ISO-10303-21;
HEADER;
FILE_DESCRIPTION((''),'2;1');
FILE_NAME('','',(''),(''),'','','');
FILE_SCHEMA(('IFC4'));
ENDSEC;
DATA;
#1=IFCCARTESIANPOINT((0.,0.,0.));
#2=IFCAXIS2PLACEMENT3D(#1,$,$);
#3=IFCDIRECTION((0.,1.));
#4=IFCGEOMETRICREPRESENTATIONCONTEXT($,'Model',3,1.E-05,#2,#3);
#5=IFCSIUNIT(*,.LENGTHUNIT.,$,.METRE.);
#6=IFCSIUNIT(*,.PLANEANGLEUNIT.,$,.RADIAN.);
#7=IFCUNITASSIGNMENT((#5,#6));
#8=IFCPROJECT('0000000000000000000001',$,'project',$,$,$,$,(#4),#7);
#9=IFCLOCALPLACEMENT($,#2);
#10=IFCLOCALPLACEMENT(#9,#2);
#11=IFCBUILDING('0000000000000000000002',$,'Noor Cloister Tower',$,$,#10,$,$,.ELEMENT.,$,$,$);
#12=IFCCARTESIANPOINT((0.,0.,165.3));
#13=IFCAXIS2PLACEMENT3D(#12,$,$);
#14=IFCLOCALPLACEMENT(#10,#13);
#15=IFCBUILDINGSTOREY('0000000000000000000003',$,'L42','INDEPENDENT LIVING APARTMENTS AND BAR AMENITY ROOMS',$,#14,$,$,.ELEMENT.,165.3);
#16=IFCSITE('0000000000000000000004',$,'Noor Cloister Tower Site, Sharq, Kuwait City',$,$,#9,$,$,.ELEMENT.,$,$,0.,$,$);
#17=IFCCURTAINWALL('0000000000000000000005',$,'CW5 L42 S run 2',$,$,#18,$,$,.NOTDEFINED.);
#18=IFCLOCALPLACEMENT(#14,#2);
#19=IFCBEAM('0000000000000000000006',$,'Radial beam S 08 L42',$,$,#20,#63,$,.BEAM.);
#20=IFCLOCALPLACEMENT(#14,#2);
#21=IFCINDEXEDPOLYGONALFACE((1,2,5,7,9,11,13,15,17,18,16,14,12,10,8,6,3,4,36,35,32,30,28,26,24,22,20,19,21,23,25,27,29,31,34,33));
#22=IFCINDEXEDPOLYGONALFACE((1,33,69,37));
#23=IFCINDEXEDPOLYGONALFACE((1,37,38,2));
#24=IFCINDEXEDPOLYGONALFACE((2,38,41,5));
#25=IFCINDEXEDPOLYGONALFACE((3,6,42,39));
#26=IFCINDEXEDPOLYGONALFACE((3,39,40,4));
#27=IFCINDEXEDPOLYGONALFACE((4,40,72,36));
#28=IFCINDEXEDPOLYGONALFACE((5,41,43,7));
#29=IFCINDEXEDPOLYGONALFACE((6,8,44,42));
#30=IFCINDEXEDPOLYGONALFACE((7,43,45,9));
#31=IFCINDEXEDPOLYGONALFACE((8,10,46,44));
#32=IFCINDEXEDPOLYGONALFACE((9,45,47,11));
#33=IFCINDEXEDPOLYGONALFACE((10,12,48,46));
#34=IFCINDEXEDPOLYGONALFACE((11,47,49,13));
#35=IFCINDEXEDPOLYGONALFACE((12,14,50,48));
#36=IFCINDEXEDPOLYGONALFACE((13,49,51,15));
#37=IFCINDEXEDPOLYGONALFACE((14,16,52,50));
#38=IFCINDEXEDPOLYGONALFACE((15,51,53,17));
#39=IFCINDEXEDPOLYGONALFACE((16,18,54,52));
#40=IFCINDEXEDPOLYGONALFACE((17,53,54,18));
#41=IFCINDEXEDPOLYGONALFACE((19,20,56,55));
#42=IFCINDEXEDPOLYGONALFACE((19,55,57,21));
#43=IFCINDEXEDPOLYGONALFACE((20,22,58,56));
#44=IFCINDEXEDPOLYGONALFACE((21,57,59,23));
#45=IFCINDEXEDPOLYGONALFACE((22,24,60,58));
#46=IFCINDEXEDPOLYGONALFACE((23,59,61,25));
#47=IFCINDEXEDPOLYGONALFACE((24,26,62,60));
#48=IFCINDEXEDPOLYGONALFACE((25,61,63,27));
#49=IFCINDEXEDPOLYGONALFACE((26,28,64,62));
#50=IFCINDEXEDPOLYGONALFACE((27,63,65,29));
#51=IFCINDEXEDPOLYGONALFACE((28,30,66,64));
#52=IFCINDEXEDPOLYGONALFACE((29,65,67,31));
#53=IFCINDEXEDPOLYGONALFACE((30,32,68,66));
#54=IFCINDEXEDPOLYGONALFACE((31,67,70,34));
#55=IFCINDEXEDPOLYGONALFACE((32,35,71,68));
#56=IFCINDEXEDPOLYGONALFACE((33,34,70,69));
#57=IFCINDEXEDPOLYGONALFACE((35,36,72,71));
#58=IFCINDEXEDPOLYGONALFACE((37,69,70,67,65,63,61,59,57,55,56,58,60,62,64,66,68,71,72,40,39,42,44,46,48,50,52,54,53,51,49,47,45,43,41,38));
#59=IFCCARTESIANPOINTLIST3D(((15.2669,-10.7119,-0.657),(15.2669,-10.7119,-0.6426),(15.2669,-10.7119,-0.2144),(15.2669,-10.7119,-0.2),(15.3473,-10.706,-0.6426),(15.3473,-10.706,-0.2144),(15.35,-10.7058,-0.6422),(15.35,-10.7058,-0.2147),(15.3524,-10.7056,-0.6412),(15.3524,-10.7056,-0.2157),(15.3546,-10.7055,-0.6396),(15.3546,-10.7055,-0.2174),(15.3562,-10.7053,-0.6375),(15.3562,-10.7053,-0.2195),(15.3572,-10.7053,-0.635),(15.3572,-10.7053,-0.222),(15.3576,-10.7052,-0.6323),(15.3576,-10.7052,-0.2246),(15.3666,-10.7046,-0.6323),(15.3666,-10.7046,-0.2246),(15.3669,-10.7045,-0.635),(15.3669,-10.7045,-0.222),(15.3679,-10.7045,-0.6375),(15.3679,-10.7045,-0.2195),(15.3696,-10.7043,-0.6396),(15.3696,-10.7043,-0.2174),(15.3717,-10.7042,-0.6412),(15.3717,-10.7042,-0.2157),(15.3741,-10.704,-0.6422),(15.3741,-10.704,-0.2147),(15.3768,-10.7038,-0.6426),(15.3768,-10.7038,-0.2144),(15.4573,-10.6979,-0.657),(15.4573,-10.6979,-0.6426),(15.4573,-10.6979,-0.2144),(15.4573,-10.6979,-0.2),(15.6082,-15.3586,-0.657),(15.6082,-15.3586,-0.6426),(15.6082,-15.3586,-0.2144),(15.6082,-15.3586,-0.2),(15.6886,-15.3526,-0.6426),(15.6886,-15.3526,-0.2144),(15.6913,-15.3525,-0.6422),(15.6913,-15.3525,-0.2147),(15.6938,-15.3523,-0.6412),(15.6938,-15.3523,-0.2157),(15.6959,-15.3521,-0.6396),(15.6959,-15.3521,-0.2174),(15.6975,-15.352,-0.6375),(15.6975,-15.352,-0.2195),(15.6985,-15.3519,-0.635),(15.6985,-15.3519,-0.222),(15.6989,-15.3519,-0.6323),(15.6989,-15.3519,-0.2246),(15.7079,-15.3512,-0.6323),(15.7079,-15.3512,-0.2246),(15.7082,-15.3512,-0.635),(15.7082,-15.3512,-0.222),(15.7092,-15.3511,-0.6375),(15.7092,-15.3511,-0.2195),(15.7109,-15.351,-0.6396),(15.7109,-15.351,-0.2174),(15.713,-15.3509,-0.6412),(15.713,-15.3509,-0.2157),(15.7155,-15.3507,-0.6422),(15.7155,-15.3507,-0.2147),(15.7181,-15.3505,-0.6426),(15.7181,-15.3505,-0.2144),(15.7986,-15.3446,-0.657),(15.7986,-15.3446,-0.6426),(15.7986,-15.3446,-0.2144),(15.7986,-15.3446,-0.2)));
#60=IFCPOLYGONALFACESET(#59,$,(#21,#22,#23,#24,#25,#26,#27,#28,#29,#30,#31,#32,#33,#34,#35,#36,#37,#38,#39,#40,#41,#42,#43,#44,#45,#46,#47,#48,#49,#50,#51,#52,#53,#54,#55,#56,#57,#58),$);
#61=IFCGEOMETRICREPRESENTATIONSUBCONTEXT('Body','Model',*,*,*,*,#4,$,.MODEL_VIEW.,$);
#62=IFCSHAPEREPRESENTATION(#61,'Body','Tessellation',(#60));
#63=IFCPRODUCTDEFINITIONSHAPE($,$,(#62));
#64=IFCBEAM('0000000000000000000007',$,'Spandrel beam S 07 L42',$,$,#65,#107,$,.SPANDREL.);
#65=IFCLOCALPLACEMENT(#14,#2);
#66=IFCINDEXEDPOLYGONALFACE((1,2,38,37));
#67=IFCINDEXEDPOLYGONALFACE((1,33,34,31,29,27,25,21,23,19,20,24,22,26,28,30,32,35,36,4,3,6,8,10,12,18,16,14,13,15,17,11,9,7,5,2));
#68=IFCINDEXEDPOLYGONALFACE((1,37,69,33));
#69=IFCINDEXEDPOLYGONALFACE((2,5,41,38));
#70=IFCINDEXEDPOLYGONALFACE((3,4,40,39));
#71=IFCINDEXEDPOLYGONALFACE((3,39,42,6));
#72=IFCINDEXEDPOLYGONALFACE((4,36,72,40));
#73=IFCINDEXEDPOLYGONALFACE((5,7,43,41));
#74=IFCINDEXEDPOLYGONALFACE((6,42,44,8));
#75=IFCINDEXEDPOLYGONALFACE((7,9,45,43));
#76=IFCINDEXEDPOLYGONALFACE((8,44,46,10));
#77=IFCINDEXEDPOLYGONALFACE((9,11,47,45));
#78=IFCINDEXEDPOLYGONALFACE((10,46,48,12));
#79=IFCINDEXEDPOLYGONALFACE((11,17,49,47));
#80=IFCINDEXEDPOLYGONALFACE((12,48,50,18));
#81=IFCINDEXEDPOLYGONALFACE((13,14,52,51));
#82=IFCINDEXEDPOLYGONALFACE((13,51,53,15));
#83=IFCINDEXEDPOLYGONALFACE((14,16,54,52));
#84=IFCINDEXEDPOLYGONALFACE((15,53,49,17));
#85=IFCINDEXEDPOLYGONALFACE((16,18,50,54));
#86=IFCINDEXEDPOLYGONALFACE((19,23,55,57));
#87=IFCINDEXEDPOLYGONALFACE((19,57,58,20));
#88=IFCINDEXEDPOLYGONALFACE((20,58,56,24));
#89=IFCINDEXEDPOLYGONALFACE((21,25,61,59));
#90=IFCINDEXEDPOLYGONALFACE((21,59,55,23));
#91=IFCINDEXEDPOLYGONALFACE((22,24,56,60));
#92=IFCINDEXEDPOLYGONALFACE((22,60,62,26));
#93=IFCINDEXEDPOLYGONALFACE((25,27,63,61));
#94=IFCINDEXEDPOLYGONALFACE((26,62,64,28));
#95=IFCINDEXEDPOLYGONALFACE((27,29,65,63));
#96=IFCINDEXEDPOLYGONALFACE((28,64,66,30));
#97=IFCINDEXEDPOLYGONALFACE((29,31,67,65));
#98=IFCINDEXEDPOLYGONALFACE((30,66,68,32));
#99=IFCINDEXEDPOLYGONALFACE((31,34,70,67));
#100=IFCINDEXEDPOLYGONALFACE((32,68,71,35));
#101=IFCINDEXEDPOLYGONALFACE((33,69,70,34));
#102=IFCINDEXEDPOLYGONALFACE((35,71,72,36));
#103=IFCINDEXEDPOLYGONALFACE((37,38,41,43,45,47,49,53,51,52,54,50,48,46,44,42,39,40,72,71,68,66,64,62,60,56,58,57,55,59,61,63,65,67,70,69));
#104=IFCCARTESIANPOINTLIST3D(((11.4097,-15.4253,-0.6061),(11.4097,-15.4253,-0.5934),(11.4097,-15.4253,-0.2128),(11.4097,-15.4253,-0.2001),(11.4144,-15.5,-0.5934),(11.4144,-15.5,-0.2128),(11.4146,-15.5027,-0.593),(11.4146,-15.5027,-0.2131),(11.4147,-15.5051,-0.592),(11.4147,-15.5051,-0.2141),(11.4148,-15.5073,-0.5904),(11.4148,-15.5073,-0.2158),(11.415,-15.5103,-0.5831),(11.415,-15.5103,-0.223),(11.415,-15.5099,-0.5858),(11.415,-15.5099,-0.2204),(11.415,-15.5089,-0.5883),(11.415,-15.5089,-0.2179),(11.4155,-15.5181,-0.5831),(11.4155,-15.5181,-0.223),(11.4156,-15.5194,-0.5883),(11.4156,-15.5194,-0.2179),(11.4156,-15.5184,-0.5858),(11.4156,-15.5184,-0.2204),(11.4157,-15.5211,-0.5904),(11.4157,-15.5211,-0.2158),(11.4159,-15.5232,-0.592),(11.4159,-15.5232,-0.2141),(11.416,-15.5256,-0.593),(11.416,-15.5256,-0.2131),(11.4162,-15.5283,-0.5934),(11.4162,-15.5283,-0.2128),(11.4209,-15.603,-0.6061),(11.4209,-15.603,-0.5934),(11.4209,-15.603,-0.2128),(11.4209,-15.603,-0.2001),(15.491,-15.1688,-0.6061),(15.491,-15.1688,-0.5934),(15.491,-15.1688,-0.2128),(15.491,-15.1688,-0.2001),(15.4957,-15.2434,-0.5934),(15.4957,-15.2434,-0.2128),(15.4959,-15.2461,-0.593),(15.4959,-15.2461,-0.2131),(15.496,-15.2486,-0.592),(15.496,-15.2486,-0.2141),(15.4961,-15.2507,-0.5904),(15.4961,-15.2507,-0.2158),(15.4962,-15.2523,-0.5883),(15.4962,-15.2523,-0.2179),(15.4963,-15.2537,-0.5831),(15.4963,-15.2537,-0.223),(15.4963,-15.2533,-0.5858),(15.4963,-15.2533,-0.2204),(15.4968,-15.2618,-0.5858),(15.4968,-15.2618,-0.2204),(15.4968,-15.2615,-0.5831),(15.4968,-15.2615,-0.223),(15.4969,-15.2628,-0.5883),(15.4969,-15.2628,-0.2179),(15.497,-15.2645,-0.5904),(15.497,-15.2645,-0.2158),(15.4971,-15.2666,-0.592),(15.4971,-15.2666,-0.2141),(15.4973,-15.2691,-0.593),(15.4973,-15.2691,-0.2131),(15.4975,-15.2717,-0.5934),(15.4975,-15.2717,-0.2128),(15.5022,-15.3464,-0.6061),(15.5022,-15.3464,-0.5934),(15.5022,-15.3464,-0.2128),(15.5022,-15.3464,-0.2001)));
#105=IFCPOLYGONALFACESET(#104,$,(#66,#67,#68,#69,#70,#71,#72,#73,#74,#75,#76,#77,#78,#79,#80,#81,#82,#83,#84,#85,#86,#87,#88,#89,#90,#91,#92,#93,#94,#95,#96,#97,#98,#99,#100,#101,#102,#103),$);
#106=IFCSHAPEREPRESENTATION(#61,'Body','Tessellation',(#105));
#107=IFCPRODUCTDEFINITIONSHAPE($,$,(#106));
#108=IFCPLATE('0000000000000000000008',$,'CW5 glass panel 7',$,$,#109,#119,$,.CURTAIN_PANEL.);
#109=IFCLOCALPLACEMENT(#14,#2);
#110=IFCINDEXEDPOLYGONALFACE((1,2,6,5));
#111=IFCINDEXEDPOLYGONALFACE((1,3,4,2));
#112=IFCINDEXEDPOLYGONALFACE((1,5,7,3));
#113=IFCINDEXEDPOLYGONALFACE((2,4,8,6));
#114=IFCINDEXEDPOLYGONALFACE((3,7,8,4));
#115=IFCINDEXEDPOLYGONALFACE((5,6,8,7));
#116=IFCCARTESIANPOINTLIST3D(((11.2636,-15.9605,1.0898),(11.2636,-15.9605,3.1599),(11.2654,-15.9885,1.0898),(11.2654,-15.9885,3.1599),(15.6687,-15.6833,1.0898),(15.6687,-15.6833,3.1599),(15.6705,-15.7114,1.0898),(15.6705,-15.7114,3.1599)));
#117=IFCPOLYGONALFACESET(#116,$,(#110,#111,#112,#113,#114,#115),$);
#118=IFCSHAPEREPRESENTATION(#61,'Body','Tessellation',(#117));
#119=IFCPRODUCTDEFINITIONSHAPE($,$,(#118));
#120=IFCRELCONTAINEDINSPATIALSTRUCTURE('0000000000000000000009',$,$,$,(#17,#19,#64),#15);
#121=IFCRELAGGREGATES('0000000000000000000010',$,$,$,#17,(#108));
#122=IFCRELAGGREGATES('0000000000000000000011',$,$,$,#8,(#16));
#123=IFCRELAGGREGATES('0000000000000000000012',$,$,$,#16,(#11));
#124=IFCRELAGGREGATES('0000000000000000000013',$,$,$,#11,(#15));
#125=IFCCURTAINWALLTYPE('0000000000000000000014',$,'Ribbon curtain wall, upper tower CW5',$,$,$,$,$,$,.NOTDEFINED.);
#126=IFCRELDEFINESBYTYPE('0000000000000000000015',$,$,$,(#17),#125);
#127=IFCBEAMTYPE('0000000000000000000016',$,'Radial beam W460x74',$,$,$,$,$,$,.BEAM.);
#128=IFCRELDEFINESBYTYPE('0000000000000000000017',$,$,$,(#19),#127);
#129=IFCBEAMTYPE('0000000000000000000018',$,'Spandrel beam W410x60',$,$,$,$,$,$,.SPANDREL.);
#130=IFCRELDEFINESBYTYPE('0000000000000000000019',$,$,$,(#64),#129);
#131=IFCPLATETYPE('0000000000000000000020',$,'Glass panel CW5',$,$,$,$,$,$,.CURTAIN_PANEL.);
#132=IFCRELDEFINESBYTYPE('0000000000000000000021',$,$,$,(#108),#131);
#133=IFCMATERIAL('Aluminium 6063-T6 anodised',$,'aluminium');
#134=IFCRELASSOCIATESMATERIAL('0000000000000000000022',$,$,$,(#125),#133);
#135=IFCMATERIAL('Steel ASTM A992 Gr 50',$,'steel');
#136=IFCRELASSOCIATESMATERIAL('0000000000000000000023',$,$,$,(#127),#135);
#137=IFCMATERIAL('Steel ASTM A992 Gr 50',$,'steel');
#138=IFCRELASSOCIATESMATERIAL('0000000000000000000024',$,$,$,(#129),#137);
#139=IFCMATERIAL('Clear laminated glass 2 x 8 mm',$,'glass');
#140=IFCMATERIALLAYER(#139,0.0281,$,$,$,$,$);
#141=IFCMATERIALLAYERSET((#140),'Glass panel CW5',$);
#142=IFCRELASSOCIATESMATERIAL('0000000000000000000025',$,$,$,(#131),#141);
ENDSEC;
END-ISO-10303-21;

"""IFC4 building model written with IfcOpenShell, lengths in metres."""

from ifc_helpers import new_model, si_unit, direction, frame, origin, origin_2d, place, context, subcontext, project, spatial, rectangle, i_section, extrude, material, layer, layer_set, material_profile, profile_set, type_object, element, aggregate, save


model = new_model("IFC4")

# Units and contexts
model_context = context("Model", 3, precision=1e-05, world=origin(), true_north=direction((0.0, 1.0)))
body_context = subcontext(model_context, "Body", "Model", "MODEL_VIEW")
ifc_project = project(units=[si_unit("LENGTHUNIT", "METRE"), si_unit("PLANEANGLEUNIT", "RADIAN")], contexts=[model_context])

# Site, building, storey
site_placement = place(None, origin())
site = spatial("IfcSite", under=ifc_project, at=site_placement, Name="Noor Cloister Tower Site, Sharq, Kuwait City", CompositionType="ELEMENT", RefElevation=0.0)
building_placement = place(site_placement, origin())
building = spatial("IfcBuilding", under=site, at=building_placement, Name="Noor Cloister Tower", CompositionType="ELEMENT")
storey_placement = place(building_placement, frame((0.0, 0.0, 165.3)))
storey = spatial("IfcBuildingStorey", under=building, at=storey_placement, Name="L42", Description="INDEPENDENT LIVING APARTMENTS AND BAR AMENITY ROOMS", CompositionType="ELEMENT", Elevation=165.3)

# Curtain wall
ifc_material_1 = material(Name="Aluminium 6063-T6 anodised", Category="aluminium")
curtain_wall_type = type_object("IfcCurtainWallType", Name="Ribbon curtain wall, upper tower CW5", PredefinedType="NOTDEFINED", material=ifc_material_1)
curtain_wall_placement = place(storey_placement, origin())
curtain_wall = element("IfcCurtainWall", 1, at=curtain_wall_placement, inside=storey, type_object=curtain_wall_type, Name="CW5 L42 S run 2", PredefinedType="NOTDEFINED")

# Beams
ifc_material_2 = material(Name="Steel ASTM A992 Gr 50", Category="steel")
ifc_material_profile_1 = material_profile(ifc_material_2, i_section(OverallWidth=0.1909, OverallDepth=0.457, WebThickness=0.009, FlangeThickness=0.0144, FilletRadius=0.0103, at=origin_2d()), Name="W460x74")
ifc_profile_set_1 = profile_set([ifc_material_profile_1], Name="Steel ASTM A992 Gr 50")
beam_type_1 = type_object("IfcBeamType", Name="Radial beam W460x74", PredefinedType="BEAM", material=ifc_profile_set_1)
beam_1_placement = place(storey_placement, frame((15.7034, -15.3516, -0.4285), z_axis=(-0.073254, 0.997313, 0.0), x_axis=(-0.997313, -0.073254, 0.0)))
element("IfcBeam", 2, at=beam_1_placement, inside=storey, type_object=beam_type_1, Name="Radial beam S 08 L42", PredefinedType="BEAM", context=body_context, shape_type="SweptSolid", body=[
    extrude(i_section(OverallWidth=0.1909, OverallDepth=0.457, WebThickness=0.009, FlangeThickness=0.0144, FilletRadius=0.0103, at=origin_2d()), origin(), (0.0, 0.0, 1.0), 4.6592),
])
ifc_material_3 = material(Name="Steel ASTM A992 Gr 50", Category="steel")
ifc_material_profile_2 = material_profile(ifc_material_3, i_section(OverallWidth=0.178, OverallDepth=0.406, WebThickness=0.0078, FlangeThickness=0.0127, FilletRadius=0.0103, at=origin_2d()), Name="W410x60")
ifc_profile_set_2 = profile_set([ifc_material_profile_2], Name="Steel ASTM A992 Gr 50")
beam_type_2 = type_object("IfcBeamType", Name="Spandrel beam W410x60", PredefinedType="SPANDREL", material=ifc_profile_set_2)
beam_2_placement = place(storey_placement, frame((11.4153, -15.5142, -0.4031), z_axis=(0.99803, 0.062746, 0.0), x_axis=(-0.062746, 0.99803, 0.0)))
element("IfcBeam", 3, at=beam_2_placement, inside=storey, type_object=beam_type_2, Name="Spandrel beam S 07 L42", PredefinedType="SPANDREL", context=body_context, shape_type="SweptSolid", body=[
    extrude(i_section(OverallWidth=0.178, OverallDepth=0.406, WebThickness=0.0078, FlangeThickness=0.0127, FilletRadius=0.0103, at=origin_2d()), origin(), (0.0, 0.0, 1.0), 4.0894),
])

# Plate
ifc_material_4 = material(Name="Clear laminated glass 2 x 8 mm", Category="glass")
ifc_layer_1 = layer(ifc_material_4, 0.0281)
ifc_layer_set_1 = layer_set([ifc_layer_1], Name="Glass panel CW5")
plate_type = type_object("IfcPlateType", Name="Glass panel CW5", PredefinedType="CURTAIN_PANEL", material=ifc_layer_set_1)
plate_placement = place(storey_placement, frame((13.467, -15.8359, 1.0898), z_axis=(0.0, 0.0, 1.0), x_axis=(0.998026, 0.062798, 0.0)))
plate = element("IfcPlate", 4, at=plate_placement, type_object=plate_type, Name="CW5 glass panel 7", PredefinedType="CURTAIN_PANEL", context=body_context, shape_type="SweptSolid", body=[
    extrude(rectangle(XDim=4.4138, YDim=0.0281, at=origin_2d()), origin(), (0.0, 0.0, 1.0), 2.0701),
])
aggregate(curtain_wall, [plate])

save(model, "model.ifc")
